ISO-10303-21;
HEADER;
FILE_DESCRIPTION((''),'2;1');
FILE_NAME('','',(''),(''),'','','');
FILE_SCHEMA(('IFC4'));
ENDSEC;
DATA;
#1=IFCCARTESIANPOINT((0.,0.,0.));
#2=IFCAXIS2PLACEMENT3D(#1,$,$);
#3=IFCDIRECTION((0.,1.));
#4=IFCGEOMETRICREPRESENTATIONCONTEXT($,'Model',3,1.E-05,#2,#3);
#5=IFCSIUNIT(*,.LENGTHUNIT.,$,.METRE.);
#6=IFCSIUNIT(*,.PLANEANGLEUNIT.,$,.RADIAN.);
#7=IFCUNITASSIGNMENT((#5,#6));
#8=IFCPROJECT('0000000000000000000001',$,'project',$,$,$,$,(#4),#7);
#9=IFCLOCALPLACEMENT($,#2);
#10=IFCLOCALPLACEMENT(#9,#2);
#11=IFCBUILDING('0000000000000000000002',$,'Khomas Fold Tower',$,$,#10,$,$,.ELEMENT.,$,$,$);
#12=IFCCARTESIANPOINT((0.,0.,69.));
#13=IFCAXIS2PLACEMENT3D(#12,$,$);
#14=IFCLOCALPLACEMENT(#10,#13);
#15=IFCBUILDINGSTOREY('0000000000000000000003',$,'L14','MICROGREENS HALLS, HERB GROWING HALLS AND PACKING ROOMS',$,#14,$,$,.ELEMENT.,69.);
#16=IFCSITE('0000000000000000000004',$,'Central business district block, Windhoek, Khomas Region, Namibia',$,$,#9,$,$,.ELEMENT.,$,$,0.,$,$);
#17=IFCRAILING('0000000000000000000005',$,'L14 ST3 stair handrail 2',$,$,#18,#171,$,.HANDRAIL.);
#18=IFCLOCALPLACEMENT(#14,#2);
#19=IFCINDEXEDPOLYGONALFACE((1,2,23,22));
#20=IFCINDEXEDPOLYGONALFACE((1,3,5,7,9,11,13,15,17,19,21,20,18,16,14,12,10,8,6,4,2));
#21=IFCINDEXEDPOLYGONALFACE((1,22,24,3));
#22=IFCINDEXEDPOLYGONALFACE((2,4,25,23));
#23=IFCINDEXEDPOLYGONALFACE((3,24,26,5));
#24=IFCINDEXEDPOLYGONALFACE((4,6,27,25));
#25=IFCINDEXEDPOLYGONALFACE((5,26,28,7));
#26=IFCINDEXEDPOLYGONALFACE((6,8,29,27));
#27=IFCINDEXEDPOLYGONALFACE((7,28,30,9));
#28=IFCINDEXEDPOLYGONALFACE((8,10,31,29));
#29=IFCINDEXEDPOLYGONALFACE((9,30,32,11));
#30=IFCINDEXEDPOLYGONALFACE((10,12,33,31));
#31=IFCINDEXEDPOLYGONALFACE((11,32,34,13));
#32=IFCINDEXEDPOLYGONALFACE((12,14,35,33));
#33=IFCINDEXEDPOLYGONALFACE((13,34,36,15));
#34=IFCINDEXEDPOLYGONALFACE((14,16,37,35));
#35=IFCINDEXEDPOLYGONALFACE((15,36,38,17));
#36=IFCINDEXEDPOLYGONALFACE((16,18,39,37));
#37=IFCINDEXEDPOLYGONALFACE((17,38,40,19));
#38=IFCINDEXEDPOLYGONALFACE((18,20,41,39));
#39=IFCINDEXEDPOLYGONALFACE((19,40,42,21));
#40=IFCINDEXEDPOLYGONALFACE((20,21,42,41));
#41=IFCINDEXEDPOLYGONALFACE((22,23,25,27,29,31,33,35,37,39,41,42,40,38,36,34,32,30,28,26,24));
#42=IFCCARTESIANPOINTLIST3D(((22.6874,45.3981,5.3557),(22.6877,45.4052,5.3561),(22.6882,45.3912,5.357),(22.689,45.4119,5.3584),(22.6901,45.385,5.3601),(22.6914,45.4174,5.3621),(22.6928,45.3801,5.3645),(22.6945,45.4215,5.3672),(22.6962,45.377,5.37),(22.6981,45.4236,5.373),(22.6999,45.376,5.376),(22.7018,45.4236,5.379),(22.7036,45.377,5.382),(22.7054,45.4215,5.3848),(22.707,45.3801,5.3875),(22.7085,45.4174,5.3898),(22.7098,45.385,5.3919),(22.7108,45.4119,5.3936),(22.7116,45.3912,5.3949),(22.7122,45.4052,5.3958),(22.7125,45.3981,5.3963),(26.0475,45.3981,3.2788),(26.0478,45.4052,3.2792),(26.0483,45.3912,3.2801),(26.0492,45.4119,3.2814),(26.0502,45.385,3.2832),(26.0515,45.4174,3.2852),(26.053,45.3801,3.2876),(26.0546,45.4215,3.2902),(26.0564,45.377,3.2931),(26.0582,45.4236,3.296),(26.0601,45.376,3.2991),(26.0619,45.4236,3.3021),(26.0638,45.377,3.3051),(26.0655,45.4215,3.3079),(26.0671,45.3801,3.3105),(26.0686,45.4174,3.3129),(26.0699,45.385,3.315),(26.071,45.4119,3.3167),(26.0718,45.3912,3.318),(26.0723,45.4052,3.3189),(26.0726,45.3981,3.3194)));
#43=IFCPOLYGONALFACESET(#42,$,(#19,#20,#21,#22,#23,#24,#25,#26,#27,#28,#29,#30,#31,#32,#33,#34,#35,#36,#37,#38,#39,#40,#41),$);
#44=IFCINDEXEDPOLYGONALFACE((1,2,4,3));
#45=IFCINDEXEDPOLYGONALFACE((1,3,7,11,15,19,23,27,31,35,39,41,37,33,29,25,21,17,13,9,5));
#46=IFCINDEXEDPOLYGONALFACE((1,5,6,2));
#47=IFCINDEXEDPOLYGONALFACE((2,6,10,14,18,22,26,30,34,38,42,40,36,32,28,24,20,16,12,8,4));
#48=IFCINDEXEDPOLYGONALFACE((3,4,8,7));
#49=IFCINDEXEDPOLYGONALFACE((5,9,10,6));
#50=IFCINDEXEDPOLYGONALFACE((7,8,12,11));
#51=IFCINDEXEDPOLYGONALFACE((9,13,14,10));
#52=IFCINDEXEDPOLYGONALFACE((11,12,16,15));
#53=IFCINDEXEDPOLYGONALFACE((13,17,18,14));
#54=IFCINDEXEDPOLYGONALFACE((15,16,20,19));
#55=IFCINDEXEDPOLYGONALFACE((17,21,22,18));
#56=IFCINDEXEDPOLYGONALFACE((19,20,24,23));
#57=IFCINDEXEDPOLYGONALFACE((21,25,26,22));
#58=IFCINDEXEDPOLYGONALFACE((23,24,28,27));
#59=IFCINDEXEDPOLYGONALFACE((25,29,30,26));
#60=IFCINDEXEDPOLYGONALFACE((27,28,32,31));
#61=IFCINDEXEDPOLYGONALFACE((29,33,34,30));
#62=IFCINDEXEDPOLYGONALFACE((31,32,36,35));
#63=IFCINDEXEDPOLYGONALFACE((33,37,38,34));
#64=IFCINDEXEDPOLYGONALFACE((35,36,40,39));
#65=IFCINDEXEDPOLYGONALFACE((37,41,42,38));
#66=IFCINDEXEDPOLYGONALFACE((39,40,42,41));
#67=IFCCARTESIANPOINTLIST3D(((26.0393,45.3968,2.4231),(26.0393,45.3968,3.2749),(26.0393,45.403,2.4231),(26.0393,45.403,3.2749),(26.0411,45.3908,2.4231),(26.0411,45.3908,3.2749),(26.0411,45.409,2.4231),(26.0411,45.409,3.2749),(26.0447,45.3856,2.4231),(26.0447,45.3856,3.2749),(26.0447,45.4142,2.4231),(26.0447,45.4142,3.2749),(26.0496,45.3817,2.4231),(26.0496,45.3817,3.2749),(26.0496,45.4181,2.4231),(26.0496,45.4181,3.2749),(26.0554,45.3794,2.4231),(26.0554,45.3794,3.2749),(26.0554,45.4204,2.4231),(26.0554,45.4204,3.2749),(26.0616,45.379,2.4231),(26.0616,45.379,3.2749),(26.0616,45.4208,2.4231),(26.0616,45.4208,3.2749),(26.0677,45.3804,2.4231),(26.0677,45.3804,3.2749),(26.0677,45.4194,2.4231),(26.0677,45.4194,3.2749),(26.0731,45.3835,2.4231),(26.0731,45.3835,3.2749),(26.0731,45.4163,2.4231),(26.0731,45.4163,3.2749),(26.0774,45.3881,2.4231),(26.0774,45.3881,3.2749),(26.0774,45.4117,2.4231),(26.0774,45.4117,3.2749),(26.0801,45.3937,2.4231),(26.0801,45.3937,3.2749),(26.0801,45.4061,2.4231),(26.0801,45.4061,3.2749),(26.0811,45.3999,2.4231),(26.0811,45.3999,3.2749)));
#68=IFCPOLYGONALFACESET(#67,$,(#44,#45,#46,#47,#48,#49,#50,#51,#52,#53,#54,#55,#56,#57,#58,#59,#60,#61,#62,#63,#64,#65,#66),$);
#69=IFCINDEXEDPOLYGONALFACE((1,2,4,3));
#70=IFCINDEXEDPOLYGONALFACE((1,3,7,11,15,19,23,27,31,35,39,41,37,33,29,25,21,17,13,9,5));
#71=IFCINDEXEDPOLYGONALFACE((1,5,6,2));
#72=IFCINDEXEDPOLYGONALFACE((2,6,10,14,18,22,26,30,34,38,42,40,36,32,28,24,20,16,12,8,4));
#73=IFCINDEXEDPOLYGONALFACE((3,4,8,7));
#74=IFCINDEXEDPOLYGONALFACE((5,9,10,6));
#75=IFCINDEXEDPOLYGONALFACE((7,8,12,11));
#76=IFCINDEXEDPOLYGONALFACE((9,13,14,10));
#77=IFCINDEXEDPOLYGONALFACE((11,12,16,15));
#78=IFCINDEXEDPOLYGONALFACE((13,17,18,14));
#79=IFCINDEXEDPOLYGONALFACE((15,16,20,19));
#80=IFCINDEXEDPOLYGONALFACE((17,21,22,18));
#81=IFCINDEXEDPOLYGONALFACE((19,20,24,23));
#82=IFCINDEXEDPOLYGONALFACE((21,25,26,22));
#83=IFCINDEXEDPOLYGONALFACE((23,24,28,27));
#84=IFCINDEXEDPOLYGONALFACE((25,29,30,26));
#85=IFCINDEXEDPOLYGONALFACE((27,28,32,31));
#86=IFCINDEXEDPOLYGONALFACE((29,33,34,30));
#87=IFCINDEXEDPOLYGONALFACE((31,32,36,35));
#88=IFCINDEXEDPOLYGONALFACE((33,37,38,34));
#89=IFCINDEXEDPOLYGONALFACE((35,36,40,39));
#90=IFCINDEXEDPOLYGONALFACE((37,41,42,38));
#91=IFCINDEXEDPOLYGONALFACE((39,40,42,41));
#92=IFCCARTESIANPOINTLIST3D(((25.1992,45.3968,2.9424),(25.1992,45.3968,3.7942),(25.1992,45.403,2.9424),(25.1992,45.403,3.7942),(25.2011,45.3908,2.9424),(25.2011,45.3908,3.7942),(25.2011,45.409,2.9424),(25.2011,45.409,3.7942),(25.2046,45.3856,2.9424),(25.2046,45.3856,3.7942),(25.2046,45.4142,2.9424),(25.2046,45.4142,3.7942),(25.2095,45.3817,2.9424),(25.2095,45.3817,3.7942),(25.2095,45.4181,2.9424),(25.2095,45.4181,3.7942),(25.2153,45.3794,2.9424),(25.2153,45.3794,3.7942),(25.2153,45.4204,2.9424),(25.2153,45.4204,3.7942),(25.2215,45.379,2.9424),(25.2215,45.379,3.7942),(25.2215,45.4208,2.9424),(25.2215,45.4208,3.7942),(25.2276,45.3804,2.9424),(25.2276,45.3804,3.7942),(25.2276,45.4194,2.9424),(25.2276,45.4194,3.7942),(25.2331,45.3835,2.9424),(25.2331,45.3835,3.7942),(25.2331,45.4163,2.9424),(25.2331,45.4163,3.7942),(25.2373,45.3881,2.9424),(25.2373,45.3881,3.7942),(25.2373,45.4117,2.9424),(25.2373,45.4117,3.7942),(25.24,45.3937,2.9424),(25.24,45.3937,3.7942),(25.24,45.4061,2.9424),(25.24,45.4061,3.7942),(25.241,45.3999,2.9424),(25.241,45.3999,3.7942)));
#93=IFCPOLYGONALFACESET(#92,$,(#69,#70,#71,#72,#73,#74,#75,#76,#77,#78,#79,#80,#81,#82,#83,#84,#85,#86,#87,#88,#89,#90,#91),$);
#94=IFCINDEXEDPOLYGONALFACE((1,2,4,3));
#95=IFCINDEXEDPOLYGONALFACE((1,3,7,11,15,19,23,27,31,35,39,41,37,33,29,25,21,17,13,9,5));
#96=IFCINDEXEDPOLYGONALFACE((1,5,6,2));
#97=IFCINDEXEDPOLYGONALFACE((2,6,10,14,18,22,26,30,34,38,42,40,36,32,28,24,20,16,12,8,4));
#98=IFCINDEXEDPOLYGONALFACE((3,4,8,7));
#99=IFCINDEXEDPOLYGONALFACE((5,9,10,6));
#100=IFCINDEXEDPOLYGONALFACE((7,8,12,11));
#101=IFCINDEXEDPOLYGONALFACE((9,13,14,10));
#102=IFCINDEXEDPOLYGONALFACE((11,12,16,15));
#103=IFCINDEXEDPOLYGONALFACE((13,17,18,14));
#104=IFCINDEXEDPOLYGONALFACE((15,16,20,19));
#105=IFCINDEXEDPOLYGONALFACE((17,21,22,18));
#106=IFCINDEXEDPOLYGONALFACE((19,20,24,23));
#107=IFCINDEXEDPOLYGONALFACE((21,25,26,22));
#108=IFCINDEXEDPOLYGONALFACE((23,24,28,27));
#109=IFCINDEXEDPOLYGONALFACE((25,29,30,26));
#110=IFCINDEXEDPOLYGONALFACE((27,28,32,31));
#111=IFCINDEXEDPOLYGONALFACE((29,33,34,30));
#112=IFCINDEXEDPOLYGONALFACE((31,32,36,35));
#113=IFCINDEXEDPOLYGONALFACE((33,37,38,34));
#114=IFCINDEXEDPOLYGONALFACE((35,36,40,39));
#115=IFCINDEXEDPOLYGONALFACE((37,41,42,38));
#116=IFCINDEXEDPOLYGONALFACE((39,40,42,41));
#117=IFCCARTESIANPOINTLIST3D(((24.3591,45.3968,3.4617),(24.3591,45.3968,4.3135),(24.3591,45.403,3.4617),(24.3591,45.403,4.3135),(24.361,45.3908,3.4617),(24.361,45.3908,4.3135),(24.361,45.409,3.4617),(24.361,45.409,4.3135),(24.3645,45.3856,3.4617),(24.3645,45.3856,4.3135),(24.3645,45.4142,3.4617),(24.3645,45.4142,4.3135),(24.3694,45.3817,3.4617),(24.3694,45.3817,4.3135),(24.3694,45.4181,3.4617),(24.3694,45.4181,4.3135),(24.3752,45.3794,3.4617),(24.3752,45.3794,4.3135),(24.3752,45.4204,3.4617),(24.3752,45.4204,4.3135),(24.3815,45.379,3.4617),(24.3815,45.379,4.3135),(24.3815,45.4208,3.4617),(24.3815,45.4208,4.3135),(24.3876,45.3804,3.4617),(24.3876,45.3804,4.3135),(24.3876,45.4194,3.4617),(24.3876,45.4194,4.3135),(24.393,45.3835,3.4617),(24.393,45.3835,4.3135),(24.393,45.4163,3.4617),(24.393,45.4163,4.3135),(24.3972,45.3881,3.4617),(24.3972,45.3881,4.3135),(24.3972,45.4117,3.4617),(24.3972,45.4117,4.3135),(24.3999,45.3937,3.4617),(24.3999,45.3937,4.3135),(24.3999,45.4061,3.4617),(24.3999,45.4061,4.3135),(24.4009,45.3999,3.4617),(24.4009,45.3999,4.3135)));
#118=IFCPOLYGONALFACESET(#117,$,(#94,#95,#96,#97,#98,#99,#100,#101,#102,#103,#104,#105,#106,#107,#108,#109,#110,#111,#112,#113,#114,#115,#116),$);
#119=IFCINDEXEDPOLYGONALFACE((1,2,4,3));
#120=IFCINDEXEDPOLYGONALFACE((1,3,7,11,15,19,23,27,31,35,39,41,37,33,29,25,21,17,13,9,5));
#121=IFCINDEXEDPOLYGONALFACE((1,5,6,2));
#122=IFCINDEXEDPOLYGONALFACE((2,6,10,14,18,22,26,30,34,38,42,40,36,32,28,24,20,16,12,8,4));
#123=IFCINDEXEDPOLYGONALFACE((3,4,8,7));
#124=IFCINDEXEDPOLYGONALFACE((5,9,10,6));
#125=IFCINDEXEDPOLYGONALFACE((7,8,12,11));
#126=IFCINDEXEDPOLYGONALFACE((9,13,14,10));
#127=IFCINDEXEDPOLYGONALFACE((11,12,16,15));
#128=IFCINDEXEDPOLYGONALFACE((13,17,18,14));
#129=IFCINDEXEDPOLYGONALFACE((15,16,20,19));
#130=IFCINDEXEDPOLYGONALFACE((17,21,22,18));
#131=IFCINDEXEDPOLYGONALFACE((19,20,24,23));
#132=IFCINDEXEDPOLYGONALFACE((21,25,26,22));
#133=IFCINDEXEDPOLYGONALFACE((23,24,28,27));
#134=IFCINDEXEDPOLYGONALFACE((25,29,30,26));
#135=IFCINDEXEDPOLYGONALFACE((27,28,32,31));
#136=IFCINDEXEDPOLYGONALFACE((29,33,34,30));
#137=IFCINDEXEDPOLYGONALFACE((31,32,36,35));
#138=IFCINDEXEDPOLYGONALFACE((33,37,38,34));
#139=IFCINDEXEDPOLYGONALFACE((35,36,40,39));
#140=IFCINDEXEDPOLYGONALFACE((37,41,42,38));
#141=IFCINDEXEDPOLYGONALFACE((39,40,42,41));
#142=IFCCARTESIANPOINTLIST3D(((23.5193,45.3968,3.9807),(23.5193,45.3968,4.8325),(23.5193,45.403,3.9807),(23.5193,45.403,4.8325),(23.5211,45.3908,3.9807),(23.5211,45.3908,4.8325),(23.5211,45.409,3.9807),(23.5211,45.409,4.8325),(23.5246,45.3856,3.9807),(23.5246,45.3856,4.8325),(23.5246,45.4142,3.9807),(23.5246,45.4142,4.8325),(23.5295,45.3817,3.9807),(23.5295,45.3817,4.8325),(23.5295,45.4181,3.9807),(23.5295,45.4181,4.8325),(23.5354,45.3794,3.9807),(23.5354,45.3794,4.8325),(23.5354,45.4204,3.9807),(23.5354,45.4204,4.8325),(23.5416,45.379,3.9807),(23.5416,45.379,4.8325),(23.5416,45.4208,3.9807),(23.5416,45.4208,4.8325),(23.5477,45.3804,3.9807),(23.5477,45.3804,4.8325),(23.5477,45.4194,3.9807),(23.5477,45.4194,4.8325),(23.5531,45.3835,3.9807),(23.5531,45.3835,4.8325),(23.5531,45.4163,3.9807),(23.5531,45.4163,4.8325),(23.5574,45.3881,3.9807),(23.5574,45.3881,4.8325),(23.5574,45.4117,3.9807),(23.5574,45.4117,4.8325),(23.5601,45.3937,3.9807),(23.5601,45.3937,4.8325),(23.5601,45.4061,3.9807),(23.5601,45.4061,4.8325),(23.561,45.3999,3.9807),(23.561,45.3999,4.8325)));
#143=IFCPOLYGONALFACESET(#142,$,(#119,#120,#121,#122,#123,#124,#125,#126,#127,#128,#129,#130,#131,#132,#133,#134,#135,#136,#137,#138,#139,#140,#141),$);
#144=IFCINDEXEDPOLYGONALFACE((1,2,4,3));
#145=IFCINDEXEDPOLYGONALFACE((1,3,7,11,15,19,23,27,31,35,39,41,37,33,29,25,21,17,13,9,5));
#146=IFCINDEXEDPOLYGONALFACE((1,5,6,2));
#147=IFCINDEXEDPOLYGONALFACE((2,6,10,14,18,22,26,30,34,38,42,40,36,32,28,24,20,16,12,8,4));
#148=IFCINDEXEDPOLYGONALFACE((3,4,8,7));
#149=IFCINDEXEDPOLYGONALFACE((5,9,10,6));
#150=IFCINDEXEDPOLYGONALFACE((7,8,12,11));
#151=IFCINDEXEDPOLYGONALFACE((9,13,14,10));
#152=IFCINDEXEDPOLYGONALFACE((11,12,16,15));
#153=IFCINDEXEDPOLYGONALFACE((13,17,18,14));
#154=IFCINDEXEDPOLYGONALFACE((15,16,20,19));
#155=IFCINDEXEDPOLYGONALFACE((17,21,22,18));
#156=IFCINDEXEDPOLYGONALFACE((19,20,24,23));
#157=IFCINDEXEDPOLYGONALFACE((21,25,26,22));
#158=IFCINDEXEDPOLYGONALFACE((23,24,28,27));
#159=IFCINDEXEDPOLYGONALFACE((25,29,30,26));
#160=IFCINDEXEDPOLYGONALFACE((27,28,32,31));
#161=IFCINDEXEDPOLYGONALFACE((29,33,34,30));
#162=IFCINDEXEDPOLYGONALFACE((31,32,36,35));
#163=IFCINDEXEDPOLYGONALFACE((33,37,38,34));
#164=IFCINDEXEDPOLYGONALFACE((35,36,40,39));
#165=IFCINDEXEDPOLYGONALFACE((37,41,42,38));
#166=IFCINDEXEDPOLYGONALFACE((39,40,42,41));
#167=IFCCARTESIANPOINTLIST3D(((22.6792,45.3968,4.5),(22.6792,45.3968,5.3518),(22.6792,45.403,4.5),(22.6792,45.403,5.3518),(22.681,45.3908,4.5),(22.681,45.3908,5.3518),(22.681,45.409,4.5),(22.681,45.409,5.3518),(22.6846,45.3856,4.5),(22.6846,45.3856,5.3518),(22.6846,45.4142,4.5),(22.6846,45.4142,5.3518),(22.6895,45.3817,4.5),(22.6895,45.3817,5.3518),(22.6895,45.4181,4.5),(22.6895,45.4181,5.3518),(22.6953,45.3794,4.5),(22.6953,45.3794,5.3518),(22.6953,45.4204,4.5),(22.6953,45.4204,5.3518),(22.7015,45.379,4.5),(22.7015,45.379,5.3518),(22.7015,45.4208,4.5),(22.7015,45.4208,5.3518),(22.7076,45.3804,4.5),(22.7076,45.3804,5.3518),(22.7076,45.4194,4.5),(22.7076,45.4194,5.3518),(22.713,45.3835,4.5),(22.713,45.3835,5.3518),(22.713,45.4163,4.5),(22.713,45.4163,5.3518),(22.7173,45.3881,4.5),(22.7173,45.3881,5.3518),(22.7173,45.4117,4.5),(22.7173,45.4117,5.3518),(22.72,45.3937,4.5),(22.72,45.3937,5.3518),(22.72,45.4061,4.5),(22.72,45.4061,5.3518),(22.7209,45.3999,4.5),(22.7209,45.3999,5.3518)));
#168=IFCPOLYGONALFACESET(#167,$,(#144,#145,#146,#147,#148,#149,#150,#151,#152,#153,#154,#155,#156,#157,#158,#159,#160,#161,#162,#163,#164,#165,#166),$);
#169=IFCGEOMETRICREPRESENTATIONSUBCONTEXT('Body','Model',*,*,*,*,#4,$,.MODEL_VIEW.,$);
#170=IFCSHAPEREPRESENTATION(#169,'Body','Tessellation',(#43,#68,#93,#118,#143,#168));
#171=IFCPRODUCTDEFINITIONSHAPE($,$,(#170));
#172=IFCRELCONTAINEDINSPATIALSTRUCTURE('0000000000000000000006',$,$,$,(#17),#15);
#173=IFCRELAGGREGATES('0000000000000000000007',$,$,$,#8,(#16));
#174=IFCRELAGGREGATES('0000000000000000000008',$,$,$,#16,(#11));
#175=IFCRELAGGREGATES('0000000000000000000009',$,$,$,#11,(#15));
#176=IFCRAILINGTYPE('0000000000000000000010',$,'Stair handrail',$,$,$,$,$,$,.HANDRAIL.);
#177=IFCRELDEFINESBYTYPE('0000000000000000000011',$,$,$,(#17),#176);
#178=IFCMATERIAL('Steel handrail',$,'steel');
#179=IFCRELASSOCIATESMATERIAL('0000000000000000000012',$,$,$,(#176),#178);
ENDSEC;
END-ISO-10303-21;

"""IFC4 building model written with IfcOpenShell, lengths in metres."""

from ifc_helpers import new_model, si_unit, direction, frame, origin, origin_2d, place, context, subcontext, project, spatial, circle, extrude, source, transform, mapped, material, type_object, element, save


model = new_model("IFC4")

# Units and contexts
model_context = context("Model", 3, precision=1e-05, world=origin(), true_north=direction((0.0, 1.0)))
body_context = subcontext(model_context, "Body", "Model", "MODEL_VIEW")
ifc_project = project(units=[si_unit("LENGTHUNIT", "METRE"), si_unit("PLANEANGLEUNIT", "RADIAN")], contexts=[model_context])

# Site, building, storey
site_placement = place(None, origin())
site = spatial("IfcSite", under=ifc_project, at=site_placement, Name="Central business district block, Windhoek, Khomas Region, Namibia", CompositionType="ELEMENT", RefElevation=0.0)
building_placement = place(site_placement, origin())
building = spatial("IfcBuilding", under=site, at=building_placement, Name="Khomas Fold Tower", CompositionType="ELEMENT")
storey_placement = place(building_placement, frame((0.0, 0.0, 69.0)))
storey = spatial("IfcBuildingStorey", under=building, at=storey_placement, Name="L14", Description="MICROGREENS HALLS, HERB GROWING HALLS AND PACKING ROOMS", CompositionType="ELEMENT", Elevation=69.0)

# Railing
ifc_material_1 = material(Name="Steel handrail", Category="steel")
railing_type_1 = type_object("IfcRailingType", Name="Stair handrail", PredefinedType="HANDRAIL", material=ifc_material_1)
shared_shape_1 = source(origin(), body_context, "Body", "SweptSolid", [
    extrude(circle(Radius=0.0239, at=origin_2d()), frame((0.0, 0.0, 0.876), z_axis=(-0.850623, 0.0, 0.525776), x_axis=(0.0, -1.0, 0.0)), (0.0, 0.0, 1.0), 3.9502),
    extrude(circle(Radius=0.021, at=origin_2d()), origin(), (0.0, 0.0, 1.0), 0.8518),
    extrude(circle(Radius=0.021, at=origin_2d()), frame((-0.8401, 0.0, 0.5193)), (0.0, 0.0, 1.0), 0.8518),
    extrude(circle(Radius=0.021, at=origin_2d()), frame((-1.6802, 0.0, 1.0386)), (0.0, 0.0, 1.0), 0.8518),
    extrude(circle(Radius=0.021, at=origin_2d()), frame((-2.52, 0.0, 1.5576)), (0.0, 0.0, 1.0), 0.8518),
    extrude(circle(Radius=0.021, at=origin_2d()), frame((-3.3601, 0.0, 2.0769)), (0.0, 0.0, 1.0), 0.8518),
])
railing_1_placement = place(storey_placement, frame((26.0601, 45.3999, 2.4231)))
element("IfcRailing", 1, at=railing_1_placement, inside=storey, type_object=railing_type_1, Name="L14 ST3 stair handrail 2", PredefinedType="HANDRAIL", context=body_context, shape_type="MappedRepresentation", body=[
    mapped(shared_shape_1, transform((0.0, 0.0, 0.0))),
])

save(model, "model.ifc")
